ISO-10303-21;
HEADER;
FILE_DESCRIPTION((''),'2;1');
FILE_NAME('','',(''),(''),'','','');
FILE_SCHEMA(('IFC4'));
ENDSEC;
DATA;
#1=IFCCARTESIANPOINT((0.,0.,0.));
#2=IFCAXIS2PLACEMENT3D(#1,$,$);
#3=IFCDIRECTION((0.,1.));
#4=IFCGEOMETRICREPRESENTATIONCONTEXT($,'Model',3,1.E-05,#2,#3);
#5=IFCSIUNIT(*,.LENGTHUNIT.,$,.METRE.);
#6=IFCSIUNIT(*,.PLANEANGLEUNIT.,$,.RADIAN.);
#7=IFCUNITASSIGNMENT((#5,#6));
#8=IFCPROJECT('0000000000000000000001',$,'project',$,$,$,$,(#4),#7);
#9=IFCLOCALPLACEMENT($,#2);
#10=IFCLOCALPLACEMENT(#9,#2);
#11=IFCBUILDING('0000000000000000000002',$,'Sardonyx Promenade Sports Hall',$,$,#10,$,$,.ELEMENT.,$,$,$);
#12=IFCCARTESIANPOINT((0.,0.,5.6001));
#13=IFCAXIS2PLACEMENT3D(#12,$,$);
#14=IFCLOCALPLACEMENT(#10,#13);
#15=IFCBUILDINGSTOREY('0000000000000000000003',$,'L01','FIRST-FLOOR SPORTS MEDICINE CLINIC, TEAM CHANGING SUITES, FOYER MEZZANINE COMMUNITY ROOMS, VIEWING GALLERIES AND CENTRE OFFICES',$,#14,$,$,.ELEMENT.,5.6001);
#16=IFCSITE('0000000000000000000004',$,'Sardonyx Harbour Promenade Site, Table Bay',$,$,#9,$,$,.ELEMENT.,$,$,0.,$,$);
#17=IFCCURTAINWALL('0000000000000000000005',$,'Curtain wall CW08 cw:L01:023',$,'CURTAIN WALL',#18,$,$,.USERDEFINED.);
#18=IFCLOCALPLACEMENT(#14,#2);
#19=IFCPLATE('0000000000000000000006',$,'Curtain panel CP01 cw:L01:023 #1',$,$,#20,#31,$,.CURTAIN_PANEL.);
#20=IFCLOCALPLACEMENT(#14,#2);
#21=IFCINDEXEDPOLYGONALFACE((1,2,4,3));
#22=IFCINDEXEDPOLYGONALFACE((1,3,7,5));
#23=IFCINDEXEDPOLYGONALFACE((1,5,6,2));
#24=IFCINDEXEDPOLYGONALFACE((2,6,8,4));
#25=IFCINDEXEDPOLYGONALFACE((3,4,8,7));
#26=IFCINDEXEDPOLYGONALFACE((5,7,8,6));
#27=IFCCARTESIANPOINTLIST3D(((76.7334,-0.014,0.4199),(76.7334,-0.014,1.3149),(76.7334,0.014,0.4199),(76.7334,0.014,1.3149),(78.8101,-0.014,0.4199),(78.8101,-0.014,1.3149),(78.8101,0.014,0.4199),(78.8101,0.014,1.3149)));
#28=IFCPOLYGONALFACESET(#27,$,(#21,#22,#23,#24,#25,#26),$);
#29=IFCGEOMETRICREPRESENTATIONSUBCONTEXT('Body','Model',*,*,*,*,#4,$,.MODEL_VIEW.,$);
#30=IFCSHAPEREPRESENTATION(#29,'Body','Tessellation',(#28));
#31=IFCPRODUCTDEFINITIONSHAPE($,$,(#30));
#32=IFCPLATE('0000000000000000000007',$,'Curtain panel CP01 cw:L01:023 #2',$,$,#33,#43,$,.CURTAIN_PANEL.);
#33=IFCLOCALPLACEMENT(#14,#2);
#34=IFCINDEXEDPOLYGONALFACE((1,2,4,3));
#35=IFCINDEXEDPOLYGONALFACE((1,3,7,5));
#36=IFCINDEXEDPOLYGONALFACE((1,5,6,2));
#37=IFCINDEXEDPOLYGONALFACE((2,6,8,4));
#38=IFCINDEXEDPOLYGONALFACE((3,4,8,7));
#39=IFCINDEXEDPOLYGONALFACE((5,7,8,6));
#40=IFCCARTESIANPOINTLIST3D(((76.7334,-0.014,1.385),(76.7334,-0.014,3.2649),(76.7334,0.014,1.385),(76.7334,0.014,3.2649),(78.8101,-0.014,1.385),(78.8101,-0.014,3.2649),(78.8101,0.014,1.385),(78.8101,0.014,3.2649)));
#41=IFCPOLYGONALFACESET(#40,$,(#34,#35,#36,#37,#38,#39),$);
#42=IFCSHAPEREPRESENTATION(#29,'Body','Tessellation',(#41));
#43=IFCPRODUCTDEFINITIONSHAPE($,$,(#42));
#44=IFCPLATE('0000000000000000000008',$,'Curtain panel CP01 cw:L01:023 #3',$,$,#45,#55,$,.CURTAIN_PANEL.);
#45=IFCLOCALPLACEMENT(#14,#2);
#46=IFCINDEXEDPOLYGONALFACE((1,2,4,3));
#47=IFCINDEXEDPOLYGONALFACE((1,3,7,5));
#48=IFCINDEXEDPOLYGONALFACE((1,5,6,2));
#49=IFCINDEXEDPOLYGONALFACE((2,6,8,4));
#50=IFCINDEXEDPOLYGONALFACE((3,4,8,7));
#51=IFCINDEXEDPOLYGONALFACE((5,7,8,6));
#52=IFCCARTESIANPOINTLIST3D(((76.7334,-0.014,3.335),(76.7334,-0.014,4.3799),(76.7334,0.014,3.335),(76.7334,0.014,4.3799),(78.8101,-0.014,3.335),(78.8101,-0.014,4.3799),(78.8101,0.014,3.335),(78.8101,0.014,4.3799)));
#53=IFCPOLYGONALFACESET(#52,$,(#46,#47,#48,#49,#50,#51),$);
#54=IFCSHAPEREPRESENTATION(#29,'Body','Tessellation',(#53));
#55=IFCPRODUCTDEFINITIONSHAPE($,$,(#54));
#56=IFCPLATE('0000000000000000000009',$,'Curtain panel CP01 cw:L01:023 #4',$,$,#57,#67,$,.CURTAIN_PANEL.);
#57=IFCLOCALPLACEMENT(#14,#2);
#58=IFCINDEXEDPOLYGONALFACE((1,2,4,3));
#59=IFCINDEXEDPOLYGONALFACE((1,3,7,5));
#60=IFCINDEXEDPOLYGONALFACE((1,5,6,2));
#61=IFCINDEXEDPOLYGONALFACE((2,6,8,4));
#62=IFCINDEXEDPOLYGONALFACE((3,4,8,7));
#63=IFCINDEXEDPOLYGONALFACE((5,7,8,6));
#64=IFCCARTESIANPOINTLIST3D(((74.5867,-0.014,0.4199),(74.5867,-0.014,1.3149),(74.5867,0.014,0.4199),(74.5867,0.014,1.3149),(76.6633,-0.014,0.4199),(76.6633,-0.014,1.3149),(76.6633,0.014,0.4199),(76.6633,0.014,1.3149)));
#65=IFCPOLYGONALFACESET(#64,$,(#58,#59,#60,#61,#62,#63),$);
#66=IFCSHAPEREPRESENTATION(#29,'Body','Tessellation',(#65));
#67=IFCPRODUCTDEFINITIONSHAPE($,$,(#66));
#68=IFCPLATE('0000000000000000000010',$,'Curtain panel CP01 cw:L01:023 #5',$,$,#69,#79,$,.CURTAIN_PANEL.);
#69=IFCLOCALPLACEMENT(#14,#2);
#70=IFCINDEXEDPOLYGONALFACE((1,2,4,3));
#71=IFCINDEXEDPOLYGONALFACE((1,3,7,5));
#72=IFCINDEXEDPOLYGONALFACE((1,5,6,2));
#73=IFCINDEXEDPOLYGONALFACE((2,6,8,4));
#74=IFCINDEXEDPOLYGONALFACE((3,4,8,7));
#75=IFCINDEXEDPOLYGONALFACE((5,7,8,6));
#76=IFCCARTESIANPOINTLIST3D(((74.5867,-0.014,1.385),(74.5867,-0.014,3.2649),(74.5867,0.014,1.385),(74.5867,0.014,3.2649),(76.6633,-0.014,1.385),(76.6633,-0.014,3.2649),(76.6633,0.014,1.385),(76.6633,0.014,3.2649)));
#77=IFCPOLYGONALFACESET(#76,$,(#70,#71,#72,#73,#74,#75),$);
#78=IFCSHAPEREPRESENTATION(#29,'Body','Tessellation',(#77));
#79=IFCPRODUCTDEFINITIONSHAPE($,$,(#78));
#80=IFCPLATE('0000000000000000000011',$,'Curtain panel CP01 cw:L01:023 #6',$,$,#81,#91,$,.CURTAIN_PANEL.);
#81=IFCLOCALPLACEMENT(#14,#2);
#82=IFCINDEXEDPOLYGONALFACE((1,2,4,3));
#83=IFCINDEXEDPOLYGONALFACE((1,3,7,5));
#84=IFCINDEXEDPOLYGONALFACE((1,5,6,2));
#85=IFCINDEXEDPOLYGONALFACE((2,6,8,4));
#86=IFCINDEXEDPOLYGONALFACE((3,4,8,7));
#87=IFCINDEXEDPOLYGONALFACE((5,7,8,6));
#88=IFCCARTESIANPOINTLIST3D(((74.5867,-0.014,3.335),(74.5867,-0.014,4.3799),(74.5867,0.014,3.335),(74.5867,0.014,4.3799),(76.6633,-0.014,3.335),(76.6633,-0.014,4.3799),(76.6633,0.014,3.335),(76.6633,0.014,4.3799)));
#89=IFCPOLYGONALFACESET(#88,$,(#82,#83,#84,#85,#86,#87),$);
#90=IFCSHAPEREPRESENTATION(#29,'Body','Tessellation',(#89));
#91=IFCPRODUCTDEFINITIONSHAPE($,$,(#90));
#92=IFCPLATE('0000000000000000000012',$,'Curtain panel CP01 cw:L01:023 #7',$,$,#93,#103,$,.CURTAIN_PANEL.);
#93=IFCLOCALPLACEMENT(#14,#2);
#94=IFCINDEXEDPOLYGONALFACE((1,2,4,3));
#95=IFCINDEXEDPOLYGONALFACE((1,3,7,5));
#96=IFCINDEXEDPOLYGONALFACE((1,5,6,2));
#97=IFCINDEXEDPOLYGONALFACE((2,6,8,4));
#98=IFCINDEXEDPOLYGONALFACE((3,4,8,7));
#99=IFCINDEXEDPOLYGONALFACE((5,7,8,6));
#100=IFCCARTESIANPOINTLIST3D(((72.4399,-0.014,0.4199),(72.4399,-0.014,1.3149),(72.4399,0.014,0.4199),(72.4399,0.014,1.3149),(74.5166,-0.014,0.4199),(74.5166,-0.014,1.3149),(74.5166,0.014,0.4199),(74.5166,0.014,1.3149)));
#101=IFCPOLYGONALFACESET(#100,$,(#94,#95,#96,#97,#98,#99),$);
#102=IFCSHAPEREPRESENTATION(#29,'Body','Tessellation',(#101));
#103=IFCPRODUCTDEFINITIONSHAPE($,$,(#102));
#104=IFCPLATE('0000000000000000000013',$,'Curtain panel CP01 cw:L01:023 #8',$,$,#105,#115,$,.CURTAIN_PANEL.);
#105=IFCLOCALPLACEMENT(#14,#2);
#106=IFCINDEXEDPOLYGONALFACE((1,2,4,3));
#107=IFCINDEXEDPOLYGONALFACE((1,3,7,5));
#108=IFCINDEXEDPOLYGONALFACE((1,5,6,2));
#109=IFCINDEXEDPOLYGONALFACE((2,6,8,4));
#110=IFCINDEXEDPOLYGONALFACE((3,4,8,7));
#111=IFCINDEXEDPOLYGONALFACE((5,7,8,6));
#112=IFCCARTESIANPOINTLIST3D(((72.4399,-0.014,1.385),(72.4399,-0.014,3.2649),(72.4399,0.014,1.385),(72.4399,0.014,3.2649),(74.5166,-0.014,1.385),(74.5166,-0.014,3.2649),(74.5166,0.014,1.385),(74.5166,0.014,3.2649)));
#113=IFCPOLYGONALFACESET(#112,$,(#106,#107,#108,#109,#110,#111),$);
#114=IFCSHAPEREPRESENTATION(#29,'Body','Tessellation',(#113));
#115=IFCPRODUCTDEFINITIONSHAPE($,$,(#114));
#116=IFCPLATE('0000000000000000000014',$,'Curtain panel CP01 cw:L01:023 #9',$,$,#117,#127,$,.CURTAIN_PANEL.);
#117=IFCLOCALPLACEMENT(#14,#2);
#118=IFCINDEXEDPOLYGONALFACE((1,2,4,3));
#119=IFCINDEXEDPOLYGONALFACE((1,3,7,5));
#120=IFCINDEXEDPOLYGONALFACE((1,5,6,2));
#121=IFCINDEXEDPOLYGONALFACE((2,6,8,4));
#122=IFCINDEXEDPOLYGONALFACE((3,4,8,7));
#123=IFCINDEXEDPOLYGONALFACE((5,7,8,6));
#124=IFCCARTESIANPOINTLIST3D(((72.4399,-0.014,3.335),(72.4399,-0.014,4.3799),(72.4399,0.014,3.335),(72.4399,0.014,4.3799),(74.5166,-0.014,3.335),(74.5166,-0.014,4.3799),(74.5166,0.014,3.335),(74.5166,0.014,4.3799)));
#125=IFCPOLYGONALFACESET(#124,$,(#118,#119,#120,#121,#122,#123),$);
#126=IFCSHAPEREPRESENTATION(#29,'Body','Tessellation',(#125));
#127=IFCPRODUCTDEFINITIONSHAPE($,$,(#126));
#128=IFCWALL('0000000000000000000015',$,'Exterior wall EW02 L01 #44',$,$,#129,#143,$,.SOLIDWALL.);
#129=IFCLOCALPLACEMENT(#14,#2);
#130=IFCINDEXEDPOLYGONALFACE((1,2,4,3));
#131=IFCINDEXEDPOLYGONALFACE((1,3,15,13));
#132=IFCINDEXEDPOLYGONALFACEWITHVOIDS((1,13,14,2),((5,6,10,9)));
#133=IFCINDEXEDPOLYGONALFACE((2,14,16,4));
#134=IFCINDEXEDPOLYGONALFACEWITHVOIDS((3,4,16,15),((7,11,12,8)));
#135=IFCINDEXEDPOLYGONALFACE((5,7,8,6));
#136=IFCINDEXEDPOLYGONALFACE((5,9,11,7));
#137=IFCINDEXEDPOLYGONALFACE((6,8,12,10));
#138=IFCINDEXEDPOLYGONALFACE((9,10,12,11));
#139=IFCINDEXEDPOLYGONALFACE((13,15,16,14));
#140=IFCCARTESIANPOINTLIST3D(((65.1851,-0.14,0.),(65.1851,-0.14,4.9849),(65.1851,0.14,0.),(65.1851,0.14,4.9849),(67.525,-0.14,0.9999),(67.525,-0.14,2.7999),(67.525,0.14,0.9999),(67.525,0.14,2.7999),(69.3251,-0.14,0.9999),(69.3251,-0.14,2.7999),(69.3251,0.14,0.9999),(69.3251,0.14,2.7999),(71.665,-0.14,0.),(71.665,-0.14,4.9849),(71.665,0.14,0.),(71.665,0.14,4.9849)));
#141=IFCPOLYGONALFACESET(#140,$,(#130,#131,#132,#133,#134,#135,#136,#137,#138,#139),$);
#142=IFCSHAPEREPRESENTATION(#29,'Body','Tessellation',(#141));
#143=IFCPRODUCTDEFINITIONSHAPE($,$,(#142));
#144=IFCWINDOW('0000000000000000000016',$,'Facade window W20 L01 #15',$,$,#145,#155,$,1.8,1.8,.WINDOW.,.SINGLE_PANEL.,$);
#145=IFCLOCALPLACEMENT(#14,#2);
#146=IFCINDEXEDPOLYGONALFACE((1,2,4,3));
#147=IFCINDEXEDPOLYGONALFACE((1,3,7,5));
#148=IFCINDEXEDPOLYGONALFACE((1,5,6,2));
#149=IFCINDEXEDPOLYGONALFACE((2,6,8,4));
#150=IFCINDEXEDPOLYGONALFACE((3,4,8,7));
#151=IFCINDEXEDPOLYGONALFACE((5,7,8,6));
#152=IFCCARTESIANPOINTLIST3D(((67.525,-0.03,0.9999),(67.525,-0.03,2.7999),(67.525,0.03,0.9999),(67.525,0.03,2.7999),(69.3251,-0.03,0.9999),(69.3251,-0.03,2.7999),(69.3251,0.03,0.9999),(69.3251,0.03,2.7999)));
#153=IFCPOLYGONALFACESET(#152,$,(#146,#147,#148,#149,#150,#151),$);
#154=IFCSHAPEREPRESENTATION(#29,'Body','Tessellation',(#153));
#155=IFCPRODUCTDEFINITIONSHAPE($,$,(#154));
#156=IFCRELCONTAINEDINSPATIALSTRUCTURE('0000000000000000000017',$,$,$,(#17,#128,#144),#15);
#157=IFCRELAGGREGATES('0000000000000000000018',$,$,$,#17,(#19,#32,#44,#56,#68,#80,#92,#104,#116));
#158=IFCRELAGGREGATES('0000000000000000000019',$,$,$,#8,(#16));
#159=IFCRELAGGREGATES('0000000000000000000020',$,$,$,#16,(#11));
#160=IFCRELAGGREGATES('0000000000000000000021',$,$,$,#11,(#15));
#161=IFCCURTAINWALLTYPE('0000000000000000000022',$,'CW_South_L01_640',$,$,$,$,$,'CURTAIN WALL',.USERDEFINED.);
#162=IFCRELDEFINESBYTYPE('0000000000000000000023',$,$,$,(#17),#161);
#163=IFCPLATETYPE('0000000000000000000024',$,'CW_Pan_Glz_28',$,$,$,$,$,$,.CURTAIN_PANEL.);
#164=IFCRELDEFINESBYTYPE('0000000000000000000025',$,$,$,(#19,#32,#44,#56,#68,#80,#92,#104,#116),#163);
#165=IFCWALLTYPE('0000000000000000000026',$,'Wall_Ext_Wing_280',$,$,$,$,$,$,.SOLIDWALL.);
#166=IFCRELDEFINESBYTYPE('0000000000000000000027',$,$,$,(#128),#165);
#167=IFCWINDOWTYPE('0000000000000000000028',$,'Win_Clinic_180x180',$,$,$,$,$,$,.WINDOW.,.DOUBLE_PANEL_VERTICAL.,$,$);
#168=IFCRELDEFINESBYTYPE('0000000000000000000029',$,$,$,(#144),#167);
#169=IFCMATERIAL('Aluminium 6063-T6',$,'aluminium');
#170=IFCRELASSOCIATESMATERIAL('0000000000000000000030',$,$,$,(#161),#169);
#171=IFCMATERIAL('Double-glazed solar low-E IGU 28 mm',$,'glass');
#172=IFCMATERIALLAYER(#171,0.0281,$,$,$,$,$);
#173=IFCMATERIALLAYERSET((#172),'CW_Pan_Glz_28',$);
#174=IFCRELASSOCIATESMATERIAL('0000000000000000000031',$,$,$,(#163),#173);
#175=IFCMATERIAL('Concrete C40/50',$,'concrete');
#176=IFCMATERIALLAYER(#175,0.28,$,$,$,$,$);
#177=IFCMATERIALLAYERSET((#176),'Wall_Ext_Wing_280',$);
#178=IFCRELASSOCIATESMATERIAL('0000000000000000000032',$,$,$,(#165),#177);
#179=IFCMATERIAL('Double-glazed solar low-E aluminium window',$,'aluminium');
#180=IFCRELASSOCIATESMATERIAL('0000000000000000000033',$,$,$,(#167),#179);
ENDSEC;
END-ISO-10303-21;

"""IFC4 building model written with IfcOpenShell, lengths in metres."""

from ifc_helpers import new_model, si_unit, direction, frame, frame_2d, origin, origin_2d, place, context, subcontext, project, spatial, rectangle, extrude, material, layer, layer_set, type_object, element, fill, aggregate, save


model = new_model("IFC4")

# Units and contexts
model_context = context("Model", 3, precision=1e-05, world=origin(), true_north=direction((0.0, 1.0)))
body_context = subcontext(model_context, "Body", "Model", "MODEL_VIEW")
ifc_project = project(units=[si_unit("LENGTHUNIT", "METRE"), si_unit("PLANEANGLEUNIT", "RADIAN")], contexts=[model_context])

# Site, building, storey
site_placement = place(None, origin())
site = spatial("IfcSite", under=ifc_project, at=site_placement, Name="Sardonyx Harbour Promenade Site, Table Bay", CompositionType="ELEMENT", RefElevation=0.0)
building_placement = place(site_placement, origin())
building = spatial("IfcBuilding", under=site, at=building_placement, Name="Sardonyx Promenade Sports Hall", CompositionType="ELEMENT")
storey_placement = place(building_placement, frame((0.0, 0.0, 5.6001)))
storey = spatial("IfcBuildingStorey", under=building, at=storey_placement, Name="L01", Description="FIRST-FLOOR SPORTS MEDICINE CLINIC, TEAM CHANGING SUITES, FOYER MEZZANINE COMMUNITY ROOMS, VIEWING GALLERIES AND CENTRE OFFICES", CompositionType="ELEMENT", Elevation=5.6001)

# Curtain wall, plates
ifc_material_1 = material(Name="Aluminium 6063-T6", Category="aluminium")
curtain_wall_type = type_object("IfcCurtainWallType", Name="CW_South_L01_640", ElementType="CURTAIN WALL", PredefinedType="USERDEFINED", material=ifc_material_1)
curtain_wall_placement = place(storey_placement, origin())
curtain_wall = element("IfcCurtainWall", 1, at=curtain_wall_placement, inside=storey, type_object=curtain_wall_type, Name="Curtain wall CW08 cw:L01:023", ObjectType="CURTAIN WALL", PredefinedType="USERDEFINED")
ifc_material_2 = material(Name="Double-glazed solar low-E IGU 28 mm", Category="glass")
ifc_layer_1 = layer(ifc_material_2, 0.0281)
ifc_layer_set_1 = layer_set([ifc_layer_1], Name="CW_Pan_Glz_28")
plate_type = type_object("IfcPlateType", Name="CW_Pan_Glz_28", PredefinedType="CURTAIN_PANEL", material=ifc_layer_set_1)
plate_1_placement = place(storey_placement, frame((77.7717, 0.0, 0.4199), z_axis=(0.0, 0.0, 1.0), x_axis=(-1.0, 0.0, 0.0)))
plate_1 = element("IfcPlate", 2, at=plate_1_placement, type_object=plate_type, Name="Curtain panel CP01 cw:L01:023 #1", PredefinedType="CURTAIN_PANEL", context=body_context, shape_type="SweptSolid", body=[
    extrude(rectangle(XDim=2.0767, YDim=0.0281, at=origin_2d()), origin(), (0.0, 0.0, 1.0), 0.895),
])
plate_2_placement = place(storey_placement, frame((77.7717, 0.0, 1.385), z_axis=(0.0, 0.0, 1.0), x_axis=(-1.0, 0.0, 0.0)))
plate_2 = element("IfcPlate", 3, at=plate_2_placement, type_object=plate_type, Name="Curtain panel CP01 cw:L01:023 #2", PredefinedType="CURTAIN_PANEL", context=body_context, shape_type="SweptSolid", body=[
    extrude(rectangle(XDim=2.0767, YDim=0.0281, at=origin_2d()), origin(), (0.0, 0.0, 1.0), 1.8799),
])
plate_3_placement = place(storey_placement, frame((77.7717, 0.0, 3.335), z_axis=(0.0, 0.0, 1.0), x_axis=(-1.0, 0.0, 0.0)))
plate_3 = element("IfcPlate", 4, at=plate_3_placement, type_object=plate_type, Name="Curtain panel CP01 cw:L01:023 #3", PredefinedType="CURTAIN_PANEL", context=body_context, shape_type="SweptSolid", body=[
    extrude(rectangle(XDim=2.0767, YDim=0.0281, at=origin_2d()), origin(), (0.0, 0.0, 1.0), 1.0449),
])
plate_4_placement = place(storey_placement, frame((75.625, 0.0, 0.4199), z_axis=(0.0, 0.0, 1.0), x_axis=(-1.0, 0.0, 0.0)))
plate_4 = element("IfcPlate", 5, at=plate_4_placement, type_object=plate_type, Name="Curtain panel CP01 cw:L01:023 #4", PredefinedType="CURTAIN_PANEL", context=body_context, shape_type="SweptSolid", body=[
    extrude(rectangle(XDim=2.0767, YDim=0.0281, at=origin_2d()), origin(), (0.0, 0.0, 1.0), 0.895),
])
plate_5_placement = place(storey_placement, frame((75.625, 0.0, 1.385), z_axis=(0.0, 0.0, 1.0), x_axis=(-1.0, 0.0, 0.0)))
plate_5 = element("IfcPlate", 6, at=plate_5_placement, type_object=plate_type, Name="Curtain panel CP01 cw:L01:023 #5", PredefinedType="CURTAIN_PANEL", context=body_context, shape_type="SweptSolid", body=[
    extrude(rectangle(XDim=2.0767, YDim=0.0281, at=origin_2d()), origin(), (0.0, 0.0, 1.0), 1.8799),
])
plate_6_placement = place(storey_placement, frame((75.625, 0.0, 3.335), z_axis=(0.0, 0.0, 1.0), x_axis=(-1.0, 0.0, 0.0)))
plate_6 = element("IfcPlate", 7, at=plate_6_placement, type_object=plate_type, Name="Curtain panel CP01 cw:L01:023 #6", PredefinedType="CURTAIN_PANEL", context=body_context, shape_type="SweptSolid", body=[
    extrude(rectangle(XDim=2.0767, YDim=0.0281, at=origin_2d()), origin(), (0.0, 0.0, 1.0), 1.0449),
])
plate_7_placement = place(storey_placement, frame((73.4783, 0.0, 0.4199), z_axis=(0.0, 0.0, 1.0), x_axis=(-1.0, 0.0, 0.0)))
plate_7 = element("IfcPlate", 8, at=plate_7_placement, type_object=plate_type, Name="Curtain panel CP01 cw:L01:023 #7", PredefinedType="CURTAIN_PANEL", context=body_context, shape_type="SweptSolid", body=[
    extrude(rectangle(XDim=2.0767, YDim=0.0281, at=origin_2d()), origin(), (0.0, 0.0, 1.0), 0.895),
])
plate_8_placement = place(storey_placement, frame((73.4783, 0.0, 1.385), z_axis=(0.0, 0.0, 1.0), x_axis=(-1.0, 0.0, 0.0)))
plate_8 = element("IfcPlate", 9, at=plate_8_placement, type_object=plate_type, Name="Curtain panel CP01 cw:L01:023 #8", PredefinedType="CURTAIN_PANEL", context=body_context, shape_type="SweptSolid", body=[
    extrude(rectangle(XDim=2.0767, YDim=0.0281, at=origin_2d()), origin(), (0.0, 0.0, 1.0), 1.8799),
])
plate_9_placement = place(storey_placement, frame((73.4783, 0.0, 3.335), z_axis=(0.0, 0.0, 1.0), x_axis=(-1.0, 0.0, 0.0)))
plate_9 = element("IfcPlate", 10, at=plate_9_placement, type_object=plate_type, Name="Curtain panel CP01 cw:L01:023 #9", PredefinedType="CURTAIN_PANEL", context=body_context, shape_type="SweptSolid", body=[
    extrude(rectangle(XDim=2.0767, YDim=0.0281, at=origin_2d()), origin(), (0.0, 0.0, 1.0), 1.0449),
])
aggregate(curtain_wall, [plate_1, plate_2, plate_3, plate_4, plate_5, plate_6, plate_7, plate_8, plate_9])

# Wall, opening, window
ifc_material_3 = material(Name="Concrete C40/50", Category="concrete")
ifc_layer_2 = layer(ifc_material_3, 0.28)
ifc_layer_set_2 = layer_set([ifc_layer_2], Name="Wall_Ext_Wing_280")
wall_type = type_object("IfcWallType", Name="Wall_Ext_Wing_280", PredefinedType="SOLIDWALL", material=ifc_layer_set_2)
wall_placement = place(storey_placement, frame((71.665, 0.0, 0.0), z_axis=(0.0, 0.0, 1.0), x_axis=(-1.0, 0.0, 0.0)))
wall = element("IfcWall", 11, at=wall_placement, inside=storey, type_object=wall_type, Name="Exterior wall EW02 L01 #44", PredefinedType="SOLIDWALL", context=body_context, shape_type="SweptSolid", body=[
    extrude(rectangle(XDim=6.48, YDim=0.28, at=frame_2d((3.24, 0.0))), origin(), (0.0, 0.0, 1.0), 4.9849),
])
opening_placement = place(wall_placement, frame((2.3401, 0.0, 1.0)))
opening = element("IfcOpeningElement", 12, at=opening_placement, cuts=wall, PredefinedType="OPENING", context=body_context, shape_type="SweptSolid", body=[
    extrude(rectangle(XDim=1.8, YDim=1.8, at=frame_2d((0.8999, 0.8999))), frame((0.0, 0.15, 0.0), z_axis=(0.0, -1.0, 0.0), x_axis=(1.0, 0.0, 0.0)), (0.0, 0.0, 1.0), 0.3),
])
ifc_material_4 = material(Name="Double-glazed solar low-E aluminium window", Category="aluminium")
window_type = type_object("IfcWindowType", Name="Win_Clinic_180x180", PartitioningType="DOUBLE_PANEL_VERTICAL", PredefinedType="WINDOW", material=ifc_material_4)
window_placement = place(opening_placement, origin())
window = element("IfcWindow", 13, at=window_placement, inside=storey, type_object=window_type, Name="Facade window W20 L01 #15", OverallHeight=1.8, OverallWidth=1.8, PartitioningType="SINGLE_PANEL", PredefinedType="WINDOW", context=body_context, shape_type="SweptSolid", body=[
    extrude(rectangle(XDim=1.8, YDim=1.8, at=frame_2d((0.8999, 0.8999))), frame((0.0, 0.03, 0.0), z_axis=(0.0, -1.0, 0.0), x_axis=(1.0, 0.0, 0.0)), (0.0, 0.0, 1.0), 0.0601),
])
fill(opening, window)

save(model, "model.ifc")
